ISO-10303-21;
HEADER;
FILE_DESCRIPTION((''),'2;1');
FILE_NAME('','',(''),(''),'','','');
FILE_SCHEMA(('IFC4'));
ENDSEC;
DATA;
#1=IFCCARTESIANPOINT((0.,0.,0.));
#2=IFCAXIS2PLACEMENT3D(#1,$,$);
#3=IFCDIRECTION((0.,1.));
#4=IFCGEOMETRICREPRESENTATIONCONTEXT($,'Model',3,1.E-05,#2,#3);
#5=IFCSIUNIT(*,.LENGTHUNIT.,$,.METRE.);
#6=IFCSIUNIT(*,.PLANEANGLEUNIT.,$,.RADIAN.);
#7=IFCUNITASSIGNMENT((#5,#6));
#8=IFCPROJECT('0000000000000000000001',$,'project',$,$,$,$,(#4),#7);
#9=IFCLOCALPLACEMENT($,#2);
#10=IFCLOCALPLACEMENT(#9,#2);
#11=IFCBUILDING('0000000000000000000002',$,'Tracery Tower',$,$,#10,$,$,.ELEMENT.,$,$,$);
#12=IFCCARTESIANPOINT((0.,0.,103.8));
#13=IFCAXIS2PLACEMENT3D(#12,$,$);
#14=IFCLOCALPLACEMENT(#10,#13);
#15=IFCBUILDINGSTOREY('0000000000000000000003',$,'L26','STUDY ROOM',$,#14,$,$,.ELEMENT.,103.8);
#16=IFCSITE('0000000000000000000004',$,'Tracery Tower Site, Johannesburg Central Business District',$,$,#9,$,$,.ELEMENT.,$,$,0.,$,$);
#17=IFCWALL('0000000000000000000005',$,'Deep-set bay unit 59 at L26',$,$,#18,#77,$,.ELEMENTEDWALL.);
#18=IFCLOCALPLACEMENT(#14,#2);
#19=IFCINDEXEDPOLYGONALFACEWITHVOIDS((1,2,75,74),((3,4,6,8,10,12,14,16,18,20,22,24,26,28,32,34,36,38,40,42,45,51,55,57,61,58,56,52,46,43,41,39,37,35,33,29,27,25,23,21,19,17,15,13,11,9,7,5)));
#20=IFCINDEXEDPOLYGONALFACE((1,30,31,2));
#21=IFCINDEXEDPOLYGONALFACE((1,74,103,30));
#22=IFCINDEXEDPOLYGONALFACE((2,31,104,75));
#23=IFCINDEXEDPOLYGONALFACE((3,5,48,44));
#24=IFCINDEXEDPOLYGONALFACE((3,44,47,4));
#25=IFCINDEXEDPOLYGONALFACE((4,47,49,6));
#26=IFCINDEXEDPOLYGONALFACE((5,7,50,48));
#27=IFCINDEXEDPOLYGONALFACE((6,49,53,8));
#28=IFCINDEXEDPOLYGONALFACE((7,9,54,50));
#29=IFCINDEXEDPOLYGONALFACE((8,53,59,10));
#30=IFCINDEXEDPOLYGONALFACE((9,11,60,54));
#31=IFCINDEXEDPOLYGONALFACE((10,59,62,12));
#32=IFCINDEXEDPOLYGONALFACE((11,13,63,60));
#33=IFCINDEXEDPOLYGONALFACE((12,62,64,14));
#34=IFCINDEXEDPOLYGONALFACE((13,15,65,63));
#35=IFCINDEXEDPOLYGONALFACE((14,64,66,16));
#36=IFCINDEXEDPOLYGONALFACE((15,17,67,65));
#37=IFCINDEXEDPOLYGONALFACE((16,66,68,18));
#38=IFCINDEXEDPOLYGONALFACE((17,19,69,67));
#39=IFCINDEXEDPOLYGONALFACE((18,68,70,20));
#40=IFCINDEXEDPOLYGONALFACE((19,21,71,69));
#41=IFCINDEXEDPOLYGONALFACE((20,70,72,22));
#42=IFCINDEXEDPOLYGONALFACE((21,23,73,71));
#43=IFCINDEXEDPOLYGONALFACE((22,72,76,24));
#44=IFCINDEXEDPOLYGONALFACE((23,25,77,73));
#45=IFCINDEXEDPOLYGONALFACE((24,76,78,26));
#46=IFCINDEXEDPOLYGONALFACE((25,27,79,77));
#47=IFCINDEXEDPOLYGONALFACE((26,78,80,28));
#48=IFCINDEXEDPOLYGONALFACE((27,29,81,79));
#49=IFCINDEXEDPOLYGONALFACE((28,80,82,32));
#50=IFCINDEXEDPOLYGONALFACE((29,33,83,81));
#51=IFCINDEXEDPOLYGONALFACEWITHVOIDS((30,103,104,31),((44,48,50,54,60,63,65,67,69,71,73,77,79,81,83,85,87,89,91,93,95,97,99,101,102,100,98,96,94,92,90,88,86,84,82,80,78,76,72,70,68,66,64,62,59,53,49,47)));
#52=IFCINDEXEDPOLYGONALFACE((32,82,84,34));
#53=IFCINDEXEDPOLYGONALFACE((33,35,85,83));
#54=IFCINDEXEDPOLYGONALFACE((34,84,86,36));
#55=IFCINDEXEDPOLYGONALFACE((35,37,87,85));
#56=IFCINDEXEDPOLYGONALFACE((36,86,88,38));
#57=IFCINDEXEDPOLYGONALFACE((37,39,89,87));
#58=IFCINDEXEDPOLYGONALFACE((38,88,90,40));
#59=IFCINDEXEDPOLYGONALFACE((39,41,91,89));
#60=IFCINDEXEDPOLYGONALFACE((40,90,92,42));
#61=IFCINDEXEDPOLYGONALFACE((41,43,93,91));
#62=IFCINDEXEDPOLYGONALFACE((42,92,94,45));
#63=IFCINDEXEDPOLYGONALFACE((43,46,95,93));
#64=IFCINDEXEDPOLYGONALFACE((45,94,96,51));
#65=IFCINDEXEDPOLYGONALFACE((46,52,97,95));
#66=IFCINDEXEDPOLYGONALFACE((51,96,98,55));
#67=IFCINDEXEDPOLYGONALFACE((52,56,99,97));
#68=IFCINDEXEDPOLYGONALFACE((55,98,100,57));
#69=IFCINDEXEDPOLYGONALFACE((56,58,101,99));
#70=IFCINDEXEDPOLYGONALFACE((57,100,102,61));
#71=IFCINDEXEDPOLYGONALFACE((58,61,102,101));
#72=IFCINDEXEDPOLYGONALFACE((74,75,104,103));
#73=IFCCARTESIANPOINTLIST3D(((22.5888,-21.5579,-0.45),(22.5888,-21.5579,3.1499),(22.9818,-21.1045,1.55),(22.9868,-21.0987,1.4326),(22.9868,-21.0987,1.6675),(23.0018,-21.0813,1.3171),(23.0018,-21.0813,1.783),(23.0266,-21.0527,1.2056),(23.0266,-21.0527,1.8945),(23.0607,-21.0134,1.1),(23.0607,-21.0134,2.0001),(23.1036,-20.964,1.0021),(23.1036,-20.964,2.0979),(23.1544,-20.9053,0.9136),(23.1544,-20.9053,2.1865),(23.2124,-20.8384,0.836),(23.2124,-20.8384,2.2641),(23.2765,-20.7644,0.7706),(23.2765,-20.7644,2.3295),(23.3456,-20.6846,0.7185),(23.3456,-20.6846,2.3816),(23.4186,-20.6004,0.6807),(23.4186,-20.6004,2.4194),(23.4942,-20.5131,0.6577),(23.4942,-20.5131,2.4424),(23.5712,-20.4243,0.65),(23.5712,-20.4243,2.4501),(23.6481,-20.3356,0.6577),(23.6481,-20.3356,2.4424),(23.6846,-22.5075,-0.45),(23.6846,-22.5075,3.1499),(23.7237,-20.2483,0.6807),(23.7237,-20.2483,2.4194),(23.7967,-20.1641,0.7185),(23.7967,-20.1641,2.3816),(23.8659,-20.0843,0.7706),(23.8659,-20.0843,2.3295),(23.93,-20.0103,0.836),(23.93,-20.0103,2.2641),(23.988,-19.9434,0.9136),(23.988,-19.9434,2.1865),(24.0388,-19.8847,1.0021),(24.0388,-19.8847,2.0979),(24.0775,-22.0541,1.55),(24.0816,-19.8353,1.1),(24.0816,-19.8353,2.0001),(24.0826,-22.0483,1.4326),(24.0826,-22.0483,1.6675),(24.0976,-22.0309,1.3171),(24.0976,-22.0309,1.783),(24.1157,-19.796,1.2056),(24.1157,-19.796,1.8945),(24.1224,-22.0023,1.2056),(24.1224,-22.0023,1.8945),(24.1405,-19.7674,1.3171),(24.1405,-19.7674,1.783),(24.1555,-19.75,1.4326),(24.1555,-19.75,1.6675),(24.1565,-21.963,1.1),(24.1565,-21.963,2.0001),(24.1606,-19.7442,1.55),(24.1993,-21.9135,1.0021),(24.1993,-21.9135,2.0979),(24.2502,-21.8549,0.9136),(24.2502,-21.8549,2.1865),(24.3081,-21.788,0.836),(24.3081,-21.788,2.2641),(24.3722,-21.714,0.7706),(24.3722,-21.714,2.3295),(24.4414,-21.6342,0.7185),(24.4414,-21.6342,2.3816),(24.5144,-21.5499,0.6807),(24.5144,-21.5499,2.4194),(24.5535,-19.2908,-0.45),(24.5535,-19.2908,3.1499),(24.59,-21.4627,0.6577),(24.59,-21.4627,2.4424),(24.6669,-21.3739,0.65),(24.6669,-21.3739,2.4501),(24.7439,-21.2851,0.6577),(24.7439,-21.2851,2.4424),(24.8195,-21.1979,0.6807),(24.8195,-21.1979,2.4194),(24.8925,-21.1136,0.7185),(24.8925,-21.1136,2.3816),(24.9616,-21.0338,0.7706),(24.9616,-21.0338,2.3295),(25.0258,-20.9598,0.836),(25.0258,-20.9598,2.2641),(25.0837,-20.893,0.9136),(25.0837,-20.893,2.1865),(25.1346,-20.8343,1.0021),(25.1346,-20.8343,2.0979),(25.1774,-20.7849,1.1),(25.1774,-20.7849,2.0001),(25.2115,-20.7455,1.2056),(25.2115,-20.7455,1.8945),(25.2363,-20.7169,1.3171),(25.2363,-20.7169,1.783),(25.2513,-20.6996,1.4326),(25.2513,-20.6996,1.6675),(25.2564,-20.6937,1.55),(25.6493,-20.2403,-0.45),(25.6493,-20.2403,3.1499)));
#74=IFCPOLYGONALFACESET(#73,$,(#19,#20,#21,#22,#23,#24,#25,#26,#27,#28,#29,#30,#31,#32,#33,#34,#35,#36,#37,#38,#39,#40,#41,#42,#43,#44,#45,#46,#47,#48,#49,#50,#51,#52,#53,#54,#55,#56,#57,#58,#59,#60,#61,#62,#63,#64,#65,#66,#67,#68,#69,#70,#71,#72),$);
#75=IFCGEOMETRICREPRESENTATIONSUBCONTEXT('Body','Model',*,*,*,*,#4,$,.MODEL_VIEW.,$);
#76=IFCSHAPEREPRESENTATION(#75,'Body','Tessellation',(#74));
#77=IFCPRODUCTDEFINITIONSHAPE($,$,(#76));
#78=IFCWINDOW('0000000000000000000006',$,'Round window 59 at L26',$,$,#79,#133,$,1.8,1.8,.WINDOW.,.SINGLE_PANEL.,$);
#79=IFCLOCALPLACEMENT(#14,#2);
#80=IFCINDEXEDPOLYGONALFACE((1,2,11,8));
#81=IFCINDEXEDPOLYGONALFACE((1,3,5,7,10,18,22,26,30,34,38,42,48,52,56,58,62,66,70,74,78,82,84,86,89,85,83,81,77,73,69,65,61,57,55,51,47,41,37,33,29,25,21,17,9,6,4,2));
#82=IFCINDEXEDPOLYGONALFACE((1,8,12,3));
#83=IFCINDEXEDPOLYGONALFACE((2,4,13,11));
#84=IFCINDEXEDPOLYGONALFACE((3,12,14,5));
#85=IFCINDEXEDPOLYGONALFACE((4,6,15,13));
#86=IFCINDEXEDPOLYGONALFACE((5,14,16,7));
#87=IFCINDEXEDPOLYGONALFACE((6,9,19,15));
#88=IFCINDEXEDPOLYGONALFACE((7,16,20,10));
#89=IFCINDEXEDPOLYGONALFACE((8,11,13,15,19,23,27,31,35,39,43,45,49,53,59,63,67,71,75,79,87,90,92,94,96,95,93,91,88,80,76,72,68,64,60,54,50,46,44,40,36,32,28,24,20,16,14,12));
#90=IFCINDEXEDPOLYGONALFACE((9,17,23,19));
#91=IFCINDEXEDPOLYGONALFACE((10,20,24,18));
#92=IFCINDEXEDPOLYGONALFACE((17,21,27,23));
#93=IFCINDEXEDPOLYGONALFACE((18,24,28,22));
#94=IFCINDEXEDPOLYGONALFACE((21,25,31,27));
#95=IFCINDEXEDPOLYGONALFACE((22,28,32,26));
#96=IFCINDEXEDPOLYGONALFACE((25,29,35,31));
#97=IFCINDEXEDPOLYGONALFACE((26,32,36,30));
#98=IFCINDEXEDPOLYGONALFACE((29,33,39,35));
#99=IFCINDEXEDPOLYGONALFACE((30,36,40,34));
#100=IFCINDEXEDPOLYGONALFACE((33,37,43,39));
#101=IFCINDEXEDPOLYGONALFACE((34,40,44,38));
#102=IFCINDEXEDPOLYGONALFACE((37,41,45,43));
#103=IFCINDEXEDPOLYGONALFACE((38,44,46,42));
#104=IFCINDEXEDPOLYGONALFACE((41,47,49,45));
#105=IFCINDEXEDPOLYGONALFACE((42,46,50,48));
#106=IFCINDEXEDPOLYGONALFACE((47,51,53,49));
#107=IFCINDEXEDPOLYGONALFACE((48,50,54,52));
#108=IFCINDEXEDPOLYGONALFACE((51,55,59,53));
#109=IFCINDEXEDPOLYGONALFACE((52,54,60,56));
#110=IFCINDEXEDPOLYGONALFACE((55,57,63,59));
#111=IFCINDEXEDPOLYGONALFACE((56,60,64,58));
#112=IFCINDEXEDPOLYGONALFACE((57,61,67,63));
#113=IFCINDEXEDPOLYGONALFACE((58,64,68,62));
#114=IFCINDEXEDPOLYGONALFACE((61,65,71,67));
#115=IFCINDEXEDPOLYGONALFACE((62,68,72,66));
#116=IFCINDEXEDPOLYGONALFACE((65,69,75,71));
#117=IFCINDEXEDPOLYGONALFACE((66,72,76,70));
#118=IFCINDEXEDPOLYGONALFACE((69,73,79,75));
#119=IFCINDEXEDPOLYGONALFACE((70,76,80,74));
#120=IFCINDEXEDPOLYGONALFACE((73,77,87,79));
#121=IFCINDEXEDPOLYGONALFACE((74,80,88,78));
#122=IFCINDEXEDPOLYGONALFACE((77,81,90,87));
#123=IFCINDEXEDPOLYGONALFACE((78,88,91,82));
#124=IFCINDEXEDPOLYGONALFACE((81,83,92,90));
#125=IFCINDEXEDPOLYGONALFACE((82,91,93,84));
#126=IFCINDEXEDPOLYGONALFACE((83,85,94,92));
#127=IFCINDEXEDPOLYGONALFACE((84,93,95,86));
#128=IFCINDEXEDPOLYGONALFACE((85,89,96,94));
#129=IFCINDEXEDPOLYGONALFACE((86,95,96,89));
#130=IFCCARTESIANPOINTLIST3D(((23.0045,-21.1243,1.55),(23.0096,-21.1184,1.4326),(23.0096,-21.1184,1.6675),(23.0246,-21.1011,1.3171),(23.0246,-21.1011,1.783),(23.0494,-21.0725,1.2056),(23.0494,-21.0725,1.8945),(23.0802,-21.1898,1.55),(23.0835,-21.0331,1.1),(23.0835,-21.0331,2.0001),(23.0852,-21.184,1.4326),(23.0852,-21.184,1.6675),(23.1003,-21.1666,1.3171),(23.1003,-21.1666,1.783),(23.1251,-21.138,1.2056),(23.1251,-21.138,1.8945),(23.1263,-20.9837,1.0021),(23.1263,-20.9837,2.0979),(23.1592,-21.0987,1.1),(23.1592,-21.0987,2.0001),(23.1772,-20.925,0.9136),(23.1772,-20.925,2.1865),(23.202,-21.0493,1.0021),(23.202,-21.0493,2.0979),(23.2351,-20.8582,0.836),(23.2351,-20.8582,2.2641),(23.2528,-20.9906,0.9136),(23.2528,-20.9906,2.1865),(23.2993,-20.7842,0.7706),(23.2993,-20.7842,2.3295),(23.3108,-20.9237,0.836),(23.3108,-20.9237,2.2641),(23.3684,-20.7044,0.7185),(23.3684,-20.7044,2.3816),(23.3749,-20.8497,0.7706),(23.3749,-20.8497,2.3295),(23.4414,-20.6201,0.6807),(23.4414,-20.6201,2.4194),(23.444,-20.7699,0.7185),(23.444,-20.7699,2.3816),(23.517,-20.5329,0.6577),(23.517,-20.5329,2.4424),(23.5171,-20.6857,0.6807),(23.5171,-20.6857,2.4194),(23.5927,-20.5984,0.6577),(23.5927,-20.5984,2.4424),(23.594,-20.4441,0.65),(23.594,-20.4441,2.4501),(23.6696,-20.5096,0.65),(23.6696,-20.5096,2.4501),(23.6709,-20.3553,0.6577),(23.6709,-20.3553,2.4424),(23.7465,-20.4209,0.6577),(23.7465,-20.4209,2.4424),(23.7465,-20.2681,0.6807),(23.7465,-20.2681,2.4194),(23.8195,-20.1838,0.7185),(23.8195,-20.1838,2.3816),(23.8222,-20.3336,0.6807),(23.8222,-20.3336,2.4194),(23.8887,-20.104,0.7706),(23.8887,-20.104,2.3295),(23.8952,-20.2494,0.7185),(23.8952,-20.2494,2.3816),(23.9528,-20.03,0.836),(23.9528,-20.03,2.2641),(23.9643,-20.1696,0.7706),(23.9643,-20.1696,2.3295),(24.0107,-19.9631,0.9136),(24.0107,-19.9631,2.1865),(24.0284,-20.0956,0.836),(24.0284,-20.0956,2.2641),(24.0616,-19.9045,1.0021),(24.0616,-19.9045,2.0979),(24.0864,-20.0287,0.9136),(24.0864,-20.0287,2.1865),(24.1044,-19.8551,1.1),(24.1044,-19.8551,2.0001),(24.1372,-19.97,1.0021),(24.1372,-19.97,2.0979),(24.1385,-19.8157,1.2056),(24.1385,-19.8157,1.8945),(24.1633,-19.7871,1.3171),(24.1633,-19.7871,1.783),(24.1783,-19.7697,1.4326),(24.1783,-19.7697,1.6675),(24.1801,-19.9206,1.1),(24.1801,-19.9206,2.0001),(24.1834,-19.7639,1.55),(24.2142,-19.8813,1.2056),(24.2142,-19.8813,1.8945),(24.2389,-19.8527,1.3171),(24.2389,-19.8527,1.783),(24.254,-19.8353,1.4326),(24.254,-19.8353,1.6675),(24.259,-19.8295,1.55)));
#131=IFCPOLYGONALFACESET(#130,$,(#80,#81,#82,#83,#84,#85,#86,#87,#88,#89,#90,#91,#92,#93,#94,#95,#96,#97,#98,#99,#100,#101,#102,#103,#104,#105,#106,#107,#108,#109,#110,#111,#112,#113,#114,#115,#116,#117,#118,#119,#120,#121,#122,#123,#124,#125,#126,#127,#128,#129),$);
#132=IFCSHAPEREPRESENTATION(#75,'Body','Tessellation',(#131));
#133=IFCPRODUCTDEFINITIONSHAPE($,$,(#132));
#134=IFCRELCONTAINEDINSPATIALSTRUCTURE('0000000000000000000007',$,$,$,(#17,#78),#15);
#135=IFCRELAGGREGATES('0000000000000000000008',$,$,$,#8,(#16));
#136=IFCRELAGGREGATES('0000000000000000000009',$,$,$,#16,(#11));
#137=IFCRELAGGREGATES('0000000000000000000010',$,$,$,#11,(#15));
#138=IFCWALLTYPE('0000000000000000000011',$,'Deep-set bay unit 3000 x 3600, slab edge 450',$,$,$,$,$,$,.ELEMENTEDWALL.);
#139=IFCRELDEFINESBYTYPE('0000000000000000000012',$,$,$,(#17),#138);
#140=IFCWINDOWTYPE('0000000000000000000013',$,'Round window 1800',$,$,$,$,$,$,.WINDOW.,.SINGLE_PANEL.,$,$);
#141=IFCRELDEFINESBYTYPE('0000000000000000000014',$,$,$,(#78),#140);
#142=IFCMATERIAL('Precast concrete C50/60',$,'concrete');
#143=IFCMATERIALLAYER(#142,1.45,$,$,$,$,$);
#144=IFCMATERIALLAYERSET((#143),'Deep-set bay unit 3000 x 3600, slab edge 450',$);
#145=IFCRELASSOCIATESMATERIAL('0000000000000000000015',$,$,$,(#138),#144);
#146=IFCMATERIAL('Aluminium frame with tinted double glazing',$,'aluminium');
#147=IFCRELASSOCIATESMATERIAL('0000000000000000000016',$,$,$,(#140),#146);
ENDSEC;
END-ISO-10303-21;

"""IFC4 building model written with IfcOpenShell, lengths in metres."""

from ifc_helpers import new_model, si_unit, direction, frame, frame_2d, origin, origin_2d, place, context, subcontext, project, spatial, rectangle, circle, extrude, material, layer, layer_set, type_object, element, fill, save


model = new_model("IFC4")

# Units and contexts
model_context = context("Model", 3, precision=1e-05, world=origin(), true_north=direction((0.0, 1.0)))
body_context = subcontext(model_context, "Body", "Model", "MODEL_VIEW")
ifc_project = project(units=[si_unit("LENGTHUNIT", "METRE"), si_unit("PLANEANGLEUNIT", "RADIAN")], contexts=[model_context])

# Site, building, storey
site_placement = place(None, origin())
site = spatial("IfcSite", under=ifc_project, at=site_placement, Name="Tracery Tower Site, Johannesburg Central Business District", CompositionType="ELEMENT", RefElevation=0.0)
building_placement = place(site_placement, origin())
building = spatial("IfcBuilding", under=site, at=building_placement, Name="Tracery Tower", CompositionType="ELEMENT")
storey_placement = place(building_placement, frame((0.0, 0.0, 103.8)))
storey = spatial("IfcBuildingStorey", under=building, at=storey_placement, Name="L26", Description="STUDY ROOM", CompositionType="ELEMENT", Elevation=103.8)

# Wall, opening, window
ifc_material_1 = material(Name="Precast concrete C50/60", Category="concrete")
ifc_layer_1 = layer(ifc_material_1, 1.45)
ifc_layer_set_1 = layer_set([ifc_layer_1], Name="Deep-set bay unit 3000 x 3600, slab edge 450")
wall_type_1 = type_object("IfcWallType", Name="Deep-set bay unit 3000 x 3600, slab edge 450", PredefinedType="ELEMENTEDWALL", material=ifc_layer_set_1)
ifc_material_2 = material(Name="Aluminium frame with tinted double glazing", Category="aluminium")
window_type = type_object("IfcWindowType", Name="Round window 1800", PartitioningType="SINGLE_PANEL", PredefinedType="WINDOW", material=ifc_material_2)
wall_1_placement = place(storey_placement, frame((23.1367, -22.0327, -0.45), z_axis=(0.0, 0.0, 1.0), x_axis=(0.65489, 0.755724, 0.0)))
wall_1 = element("IfcWall", 1, at=wall_1_placement, inside=storey, type_object=wall_type_1, Name="Deep-set bay unit 59 at L26", PredefinedType="ELEMENTEDWALL", context=body_context, shape_type="SweptSolid", body=[
    extrude(rectangle(XDim=3.0, YDim=1.45, at=frame_2d((1.5, 0.0))), origin(), (0.0, 0.0, 1.0), 3.5999),
])
opening_1_placement = place(wall_1_placement, frame((1.5, 0.0, 2.0)))
opening_1 = element("IfcOpeningElement", 2, at=opening_1_placement, cuts=wall_1, PredefinedType="OPENING", context=body_context, shape_type="SweptSolid", body=[
    extrude(circle(Radius=0.9, at=origin_2d()), frame((0.0, 0.7349, 0.0), z_axis=(0.0, -1.0, 0.0), x_axis=(1.0, 0.0, 0.0)), (0.0, 0.0, 1.0), 1.47),
])
window_1_placement = place(opening_1_placement, origin())
window_1 = element("IfcWindow", 3, at=window_1_placement, inside=storey, type_object=window_type, Name="Round window 59 at L26", OverallHeight=1.8, OverallWidth=1.8, PartitioningType="SINGLE_PANEL", PredefinedType="WINDOW", context=body_context, shape_type="SweptSolid", body=[
    extrude(circle(Radius=0.9, at=origin_2d()), frame((0.0, 0.6948, 0.0), z_axis=(0.0, -1.0, 0.0), x_axis=(1.0, 0.0, 0.0)), (0.0, 0.0, 1.0), 0.1001),
])
fill(opening_1, window_1)

save(model, "model.ifc")
